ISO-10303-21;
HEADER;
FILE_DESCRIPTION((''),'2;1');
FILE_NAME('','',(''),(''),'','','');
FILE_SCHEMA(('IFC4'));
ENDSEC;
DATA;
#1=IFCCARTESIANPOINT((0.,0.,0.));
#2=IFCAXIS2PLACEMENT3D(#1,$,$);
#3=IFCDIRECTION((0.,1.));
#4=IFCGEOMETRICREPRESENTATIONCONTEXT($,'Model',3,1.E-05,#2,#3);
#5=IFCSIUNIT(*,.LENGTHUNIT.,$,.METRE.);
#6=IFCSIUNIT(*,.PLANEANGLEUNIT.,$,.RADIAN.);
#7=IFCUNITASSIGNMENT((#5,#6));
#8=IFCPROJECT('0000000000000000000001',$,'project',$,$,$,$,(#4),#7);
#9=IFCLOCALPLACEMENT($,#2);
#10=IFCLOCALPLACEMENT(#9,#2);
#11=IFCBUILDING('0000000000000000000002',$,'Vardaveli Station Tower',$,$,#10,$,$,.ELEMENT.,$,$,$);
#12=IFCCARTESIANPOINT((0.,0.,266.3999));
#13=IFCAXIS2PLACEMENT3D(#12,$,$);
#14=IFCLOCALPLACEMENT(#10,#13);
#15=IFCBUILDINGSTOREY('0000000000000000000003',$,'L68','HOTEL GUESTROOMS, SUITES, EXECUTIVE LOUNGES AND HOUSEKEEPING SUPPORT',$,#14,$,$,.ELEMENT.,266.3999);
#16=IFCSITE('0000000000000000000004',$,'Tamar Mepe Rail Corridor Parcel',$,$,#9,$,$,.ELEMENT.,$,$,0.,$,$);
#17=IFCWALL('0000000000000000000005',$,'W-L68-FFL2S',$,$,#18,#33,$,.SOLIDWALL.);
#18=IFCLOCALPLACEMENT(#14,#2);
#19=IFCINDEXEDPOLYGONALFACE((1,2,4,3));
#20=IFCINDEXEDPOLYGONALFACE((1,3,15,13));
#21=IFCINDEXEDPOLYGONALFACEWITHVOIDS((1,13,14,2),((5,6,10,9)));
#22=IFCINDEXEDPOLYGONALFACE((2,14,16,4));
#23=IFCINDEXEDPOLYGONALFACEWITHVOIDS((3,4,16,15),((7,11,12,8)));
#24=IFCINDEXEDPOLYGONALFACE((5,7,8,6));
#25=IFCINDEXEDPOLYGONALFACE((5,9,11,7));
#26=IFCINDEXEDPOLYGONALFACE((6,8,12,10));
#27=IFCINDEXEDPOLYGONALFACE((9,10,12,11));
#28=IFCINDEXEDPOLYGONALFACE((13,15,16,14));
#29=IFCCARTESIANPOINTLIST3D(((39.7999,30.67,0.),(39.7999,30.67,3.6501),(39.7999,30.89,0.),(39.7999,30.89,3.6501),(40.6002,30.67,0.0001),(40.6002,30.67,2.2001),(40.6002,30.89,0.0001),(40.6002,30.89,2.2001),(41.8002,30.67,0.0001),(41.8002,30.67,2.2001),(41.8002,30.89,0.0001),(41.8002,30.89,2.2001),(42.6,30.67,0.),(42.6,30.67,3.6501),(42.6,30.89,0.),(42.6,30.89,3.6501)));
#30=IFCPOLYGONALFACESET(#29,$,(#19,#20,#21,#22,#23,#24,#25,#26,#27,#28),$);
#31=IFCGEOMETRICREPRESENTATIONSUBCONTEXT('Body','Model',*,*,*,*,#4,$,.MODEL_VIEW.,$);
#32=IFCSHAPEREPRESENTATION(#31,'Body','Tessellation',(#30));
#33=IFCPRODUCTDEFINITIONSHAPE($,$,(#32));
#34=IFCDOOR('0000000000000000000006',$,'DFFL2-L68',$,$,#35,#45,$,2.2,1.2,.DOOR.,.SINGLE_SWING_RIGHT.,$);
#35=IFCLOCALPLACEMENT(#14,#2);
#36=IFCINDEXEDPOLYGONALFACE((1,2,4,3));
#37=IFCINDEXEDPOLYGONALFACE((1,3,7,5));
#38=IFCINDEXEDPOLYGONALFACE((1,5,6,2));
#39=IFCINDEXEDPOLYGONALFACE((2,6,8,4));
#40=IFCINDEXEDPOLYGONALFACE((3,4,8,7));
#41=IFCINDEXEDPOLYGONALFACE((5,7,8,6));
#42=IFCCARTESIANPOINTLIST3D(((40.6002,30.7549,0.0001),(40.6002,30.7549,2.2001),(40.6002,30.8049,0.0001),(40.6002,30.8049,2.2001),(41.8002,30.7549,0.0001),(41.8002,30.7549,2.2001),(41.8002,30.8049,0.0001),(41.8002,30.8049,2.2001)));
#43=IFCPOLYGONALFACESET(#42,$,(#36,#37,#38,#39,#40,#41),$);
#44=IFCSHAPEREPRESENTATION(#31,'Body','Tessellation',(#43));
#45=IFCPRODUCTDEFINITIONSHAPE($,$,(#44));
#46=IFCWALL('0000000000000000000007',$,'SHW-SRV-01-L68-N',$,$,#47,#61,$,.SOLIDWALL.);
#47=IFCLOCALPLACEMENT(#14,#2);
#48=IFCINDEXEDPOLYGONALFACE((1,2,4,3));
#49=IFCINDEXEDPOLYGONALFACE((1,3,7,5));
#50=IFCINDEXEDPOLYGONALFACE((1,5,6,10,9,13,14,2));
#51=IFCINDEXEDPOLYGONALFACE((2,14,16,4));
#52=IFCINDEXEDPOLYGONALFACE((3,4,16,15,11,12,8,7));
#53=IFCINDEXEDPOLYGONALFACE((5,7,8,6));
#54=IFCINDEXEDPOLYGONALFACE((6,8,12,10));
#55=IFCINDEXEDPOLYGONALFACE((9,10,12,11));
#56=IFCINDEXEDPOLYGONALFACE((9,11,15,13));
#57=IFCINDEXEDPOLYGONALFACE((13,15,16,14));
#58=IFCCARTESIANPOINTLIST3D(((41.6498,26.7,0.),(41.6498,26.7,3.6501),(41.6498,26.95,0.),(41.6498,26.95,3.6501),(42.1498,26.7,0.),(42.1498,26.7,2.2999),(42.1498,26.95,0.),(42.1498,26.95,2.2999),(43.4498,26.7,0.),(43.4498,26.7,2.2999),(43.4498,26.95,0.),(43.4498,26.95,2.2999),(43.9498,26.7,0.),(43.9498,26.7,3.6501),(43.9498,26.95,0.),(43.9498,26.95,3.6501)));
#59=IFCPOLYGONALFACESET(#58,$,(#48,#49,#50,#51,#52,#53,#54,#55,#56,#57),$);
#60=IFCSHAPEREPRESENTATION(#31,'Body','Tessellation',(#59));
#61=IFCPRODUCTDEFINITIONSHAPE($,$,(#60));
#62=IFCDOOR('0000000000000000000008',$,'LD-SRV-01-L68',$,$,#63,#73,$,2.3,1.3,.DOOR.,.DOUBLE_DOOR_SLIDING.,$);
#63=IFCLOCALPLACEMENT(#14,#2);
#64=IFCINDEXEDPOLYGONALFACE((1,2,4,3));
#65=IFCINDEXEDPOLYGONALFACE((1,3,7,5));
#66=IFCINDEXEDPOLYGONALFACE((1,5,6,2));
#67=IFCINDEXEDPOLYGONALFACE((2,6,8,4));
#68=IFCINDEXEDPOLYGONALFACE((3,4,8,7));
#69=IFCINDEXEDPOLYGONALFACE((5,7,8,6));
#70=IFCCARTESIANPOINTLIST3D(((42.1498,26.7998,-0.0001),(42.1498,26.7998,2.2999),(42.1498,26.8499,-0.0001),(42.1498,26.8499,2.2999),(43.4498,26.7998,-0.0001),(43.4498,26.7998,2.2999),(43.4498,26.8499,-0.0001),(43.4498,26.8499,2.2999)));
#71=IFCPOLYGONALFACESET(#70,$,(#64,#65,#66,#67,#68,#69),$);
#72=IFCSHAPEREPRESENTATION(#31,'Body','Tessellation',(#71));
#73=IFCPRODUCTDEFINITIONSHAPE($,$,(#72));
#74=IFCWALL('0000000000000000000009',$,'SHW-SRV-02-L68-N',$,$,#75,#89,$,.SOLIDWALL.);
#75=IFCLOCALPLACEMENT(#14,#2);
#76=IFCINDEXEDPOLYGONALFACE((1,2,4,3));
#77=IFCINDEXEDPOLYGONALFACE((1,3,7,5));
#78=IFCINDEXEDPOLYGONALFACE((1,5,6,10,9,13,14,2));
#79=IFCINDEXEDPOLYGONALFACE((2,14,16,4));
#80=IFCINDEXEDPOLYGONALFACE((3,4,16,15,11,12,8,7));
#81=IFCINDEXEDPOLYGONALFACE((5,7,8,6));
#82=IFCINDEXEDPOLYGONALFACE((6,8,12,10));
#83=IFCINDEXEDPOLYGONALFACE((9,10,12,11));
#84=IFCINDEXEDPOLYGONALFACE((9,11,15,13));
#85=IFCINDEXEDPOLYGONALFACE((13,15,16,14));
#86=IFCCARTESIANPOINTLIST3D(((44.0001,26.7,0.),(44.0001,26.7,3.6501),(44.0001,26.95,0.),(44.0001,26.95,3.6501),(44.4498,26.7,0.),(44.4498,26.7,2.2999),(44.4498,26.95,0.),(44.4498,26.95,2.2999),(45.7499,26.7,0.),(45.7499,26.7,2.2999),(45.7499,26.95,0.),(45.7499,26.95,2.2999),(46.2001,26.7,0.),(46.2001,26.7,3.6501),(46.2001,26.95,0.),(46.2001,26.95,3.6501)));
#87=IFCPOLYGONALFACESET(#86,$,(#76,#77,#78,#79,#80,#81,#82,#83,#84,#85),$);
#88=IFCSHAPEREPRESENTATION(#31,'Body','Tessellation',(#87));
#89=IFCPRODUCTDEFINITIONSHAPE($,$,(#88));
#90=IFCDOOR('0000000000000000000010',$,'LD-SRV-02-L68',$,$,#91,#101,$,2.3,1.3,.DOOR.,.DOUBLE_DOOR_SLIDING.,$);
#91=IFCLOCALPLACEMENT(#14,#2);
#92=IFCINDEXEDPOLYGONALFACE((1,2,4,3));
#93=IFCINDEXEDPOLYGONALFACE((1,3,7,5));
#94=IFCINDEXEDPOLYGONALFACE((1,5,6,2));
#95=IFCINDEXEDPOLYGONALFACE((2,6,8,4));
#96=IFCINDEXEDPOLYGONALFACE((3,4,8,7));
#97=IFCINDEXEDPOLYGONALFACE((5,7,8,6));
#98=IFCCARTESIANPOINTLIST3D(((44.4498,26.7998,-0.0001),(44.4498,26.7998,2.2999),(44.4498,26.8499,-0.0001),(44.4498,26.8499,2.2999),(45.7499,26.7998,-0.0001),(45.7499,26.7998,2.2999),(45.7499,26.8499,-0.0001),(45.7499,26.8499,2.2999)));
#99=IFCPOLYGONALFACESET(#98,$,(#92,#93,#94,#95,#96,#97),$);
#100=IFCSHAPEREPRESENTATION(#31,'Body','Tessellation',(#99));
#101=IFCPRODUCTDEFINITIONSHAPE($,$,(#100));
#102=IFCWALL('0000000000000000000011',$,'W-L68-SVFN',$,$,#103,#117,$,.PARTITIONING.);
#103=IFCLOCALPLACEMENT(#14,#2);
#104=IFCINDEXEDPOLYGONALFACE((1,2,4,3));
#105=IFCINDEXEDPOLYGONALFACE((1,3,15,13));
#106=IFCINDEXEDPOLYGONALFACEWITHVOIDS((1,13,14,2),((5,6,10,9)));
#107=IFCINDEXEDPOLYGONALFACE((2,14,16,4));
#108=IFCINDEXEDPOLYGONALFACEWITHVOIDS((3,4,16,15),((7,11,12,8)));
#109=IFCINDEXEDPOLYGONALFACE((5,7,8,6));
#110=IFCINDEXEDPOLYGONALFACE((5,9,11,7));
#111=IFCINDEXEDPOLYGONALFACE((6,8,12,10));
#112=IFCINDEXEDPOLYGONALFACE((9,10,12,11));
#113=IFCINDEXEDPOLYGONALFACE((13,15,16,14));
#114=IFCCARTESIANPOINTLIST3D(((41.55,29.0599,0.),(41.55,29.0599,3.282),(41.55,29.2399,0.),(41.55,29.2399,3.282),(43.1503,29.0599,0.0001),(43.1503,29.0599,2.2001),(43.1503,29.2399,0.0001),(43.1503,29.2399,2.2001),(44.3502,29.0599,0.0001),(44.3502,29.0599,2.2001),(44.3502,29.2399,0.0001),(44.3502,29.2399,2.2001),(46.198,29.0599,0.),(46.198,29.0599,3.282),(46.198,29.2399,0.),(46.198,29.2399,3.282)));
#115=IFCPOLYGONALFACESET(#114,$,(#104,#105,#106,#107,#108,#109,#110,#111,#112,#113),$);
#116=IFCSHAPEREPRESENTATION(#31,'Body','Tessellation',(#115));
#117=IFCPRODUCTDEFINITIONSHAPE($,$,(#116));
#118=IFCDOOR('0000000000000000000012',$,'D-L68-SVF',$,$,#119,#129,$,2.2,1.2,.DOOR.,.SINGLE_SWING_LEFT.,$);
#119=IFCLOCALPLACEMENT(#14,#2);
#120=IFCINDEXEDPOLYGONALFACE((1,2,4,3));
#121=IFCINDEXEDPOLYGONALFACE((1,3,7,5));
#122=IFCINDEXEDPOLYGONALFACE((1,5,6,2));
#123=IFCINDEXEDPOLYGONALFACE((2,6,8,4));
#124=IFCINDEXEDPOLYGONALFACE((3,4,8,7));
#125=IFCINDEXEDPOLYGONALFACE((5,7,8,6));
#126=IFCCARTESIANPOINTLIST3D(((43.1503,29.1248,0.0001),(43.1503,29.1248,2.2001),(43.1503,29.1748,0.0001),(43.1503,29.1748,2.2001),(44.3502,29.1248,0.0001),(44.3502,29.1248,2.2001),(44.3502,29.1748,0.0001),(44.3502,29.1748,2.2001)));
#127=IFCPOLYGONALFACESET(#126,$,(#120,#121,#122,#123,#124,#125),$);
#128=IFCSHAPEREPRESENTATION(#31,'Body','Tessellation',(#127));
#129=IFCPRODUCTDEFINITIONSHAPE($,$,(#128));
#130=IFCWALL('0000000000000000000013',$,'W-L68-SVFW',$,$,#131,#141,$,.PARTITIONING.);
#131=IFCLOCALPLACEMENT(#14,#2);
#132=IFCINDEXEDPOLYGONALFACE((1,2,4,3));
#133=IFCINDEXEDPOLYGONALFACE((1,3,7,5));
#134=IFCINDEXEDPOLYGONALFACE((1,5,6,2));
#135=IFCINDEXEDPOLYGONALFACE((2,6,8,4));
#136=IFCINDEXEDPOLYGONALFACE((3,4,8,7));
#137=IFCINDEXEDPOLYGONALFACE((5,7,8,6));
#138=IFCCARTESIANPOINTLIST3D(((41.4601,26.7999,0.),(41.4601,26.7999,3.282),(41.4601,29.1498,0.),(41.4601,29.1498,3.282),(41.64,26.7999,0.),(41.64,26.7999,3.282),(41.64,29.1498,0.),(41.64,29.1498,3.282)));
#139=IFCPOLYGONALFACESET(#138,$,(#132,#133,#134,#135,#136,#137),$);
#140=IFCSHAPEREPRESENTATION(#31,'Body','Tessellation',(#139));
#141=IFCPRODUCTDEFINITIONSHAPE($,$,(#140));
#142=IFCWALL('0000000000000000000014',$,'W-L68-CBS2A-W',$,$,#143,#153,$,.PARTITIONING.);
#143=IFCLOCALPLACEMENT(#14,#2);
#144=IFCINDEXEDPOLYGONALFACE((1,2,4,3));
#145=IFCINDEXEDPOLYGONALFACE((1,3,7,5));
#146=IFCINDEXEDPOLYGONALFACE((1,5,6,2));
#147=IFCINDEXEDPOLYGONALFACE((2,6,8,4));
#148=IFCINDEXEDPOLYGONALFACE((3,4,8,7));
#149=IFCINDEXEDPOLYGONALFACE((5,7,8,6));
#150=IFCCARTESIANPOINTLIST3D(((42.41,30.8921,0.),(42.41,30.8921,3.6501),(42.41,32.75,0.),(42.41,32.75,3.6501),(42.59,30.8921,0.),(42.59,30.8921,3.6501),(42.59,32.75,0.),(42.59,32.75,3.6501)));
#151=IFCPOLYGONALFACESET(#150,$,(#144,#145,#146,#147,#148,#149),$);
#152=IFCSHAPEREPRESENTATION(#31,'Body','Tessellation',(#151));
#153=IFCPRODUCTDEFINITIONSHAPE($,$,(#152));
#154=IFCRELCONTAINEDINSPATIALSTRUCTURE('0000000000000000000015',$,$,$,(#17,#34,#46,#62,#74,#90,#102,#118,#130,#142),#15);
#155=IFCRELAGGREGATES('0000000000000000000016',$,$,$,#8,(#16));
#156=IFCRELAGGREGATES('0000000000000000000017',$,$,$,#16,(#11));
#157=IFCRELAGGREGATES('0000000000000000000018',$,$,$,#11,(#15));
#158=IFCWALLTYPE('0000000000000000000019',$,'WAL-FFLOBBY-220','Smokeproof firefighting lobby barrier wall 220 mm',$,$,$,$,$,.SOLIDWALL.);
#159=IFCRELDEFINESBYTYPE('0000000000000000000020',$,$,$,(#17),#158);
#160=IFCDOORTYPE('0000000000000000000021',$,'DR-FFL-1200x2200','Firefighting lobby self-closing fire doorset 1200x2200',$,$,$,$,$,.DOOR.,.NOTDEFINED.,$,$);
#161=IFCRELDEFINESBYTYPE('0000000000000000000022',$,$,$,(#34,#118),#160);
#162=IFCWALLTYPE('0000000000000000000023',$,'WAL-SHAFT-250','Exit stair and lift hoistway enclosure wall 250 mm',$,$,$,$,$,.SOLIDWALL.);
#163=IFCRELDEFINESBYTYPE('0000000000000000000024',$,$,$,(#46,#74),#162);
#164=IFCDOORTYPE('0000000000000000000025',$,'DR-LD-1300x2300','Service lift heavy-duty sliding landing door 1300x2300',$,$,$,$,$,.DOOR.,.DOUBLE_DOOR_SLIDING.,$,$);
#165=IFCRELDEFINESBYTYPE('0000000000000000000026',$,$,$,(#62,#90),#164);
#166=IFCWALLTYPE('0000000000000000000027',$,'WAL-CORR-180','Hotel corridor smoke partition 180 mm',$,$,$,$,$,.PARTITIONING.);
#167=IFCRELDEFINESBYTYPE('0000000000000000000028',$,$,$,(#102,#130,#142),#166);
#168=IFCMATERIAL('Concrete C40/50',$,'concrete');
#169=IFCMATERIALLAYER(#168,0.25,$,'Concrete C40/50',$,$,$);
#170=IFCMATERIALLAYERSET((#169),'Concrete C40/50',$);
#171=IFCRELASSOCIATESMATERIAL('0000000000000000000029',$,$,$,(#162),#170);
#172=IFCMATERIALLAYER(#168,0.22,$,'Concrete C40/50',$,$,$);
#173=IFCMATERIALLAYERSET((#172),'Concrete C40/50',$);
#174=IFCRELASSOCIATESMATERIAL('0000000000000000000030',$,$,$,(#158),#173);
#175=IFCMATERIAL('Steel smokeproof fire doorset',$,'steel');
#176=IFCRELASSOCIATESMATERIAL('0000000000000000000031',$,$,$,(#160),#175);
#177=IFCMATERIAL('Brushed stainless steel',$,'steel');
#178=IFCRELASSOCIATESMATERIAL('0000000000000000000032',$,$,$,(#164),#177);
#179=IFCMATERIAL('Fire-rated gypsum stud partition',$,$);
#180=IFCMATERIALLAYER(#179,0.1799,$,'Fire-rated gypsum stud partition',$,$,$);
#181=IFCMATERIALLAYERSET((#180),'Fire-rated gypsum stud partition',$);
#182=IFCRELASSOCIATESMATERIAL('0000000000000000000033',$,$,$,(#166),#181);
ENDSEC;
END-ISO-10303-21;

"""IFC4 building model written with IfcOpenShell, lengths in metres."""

from ifc_helpers import new_model, si_unit, direction, frame, frame_2d, origin, place, context, subcontext, project, spatial, rectangle, extrude, source, transform, mapped, material, layer, layer_set, type_object, element, fill, save


model = new_model("IFC4")

# Units and contexts
model_context = context("Model", 3, precision=1e-05, world=origin(), true_north=direction((0.0, 1.0)))
body_context = subcontext(model_context, "Body", "Model", "MODEL_VIEW")
ifc_project = project(units=[si_unit("LENGTHUNIT", "METRE"), si_unit("PLANEANGLEUNIT", "RADIAN")], contexts=[model_context])

# Site, building, storey
site_placement = place(None, origin())
site = spatial("IfcSite", under=ifc_project, at=site_placement, Name="Tamar Mepe Rail Corridor Parcel", CompositionType="ELEMENT", RefElevation=0.0)
building_placement = place(site_placement, origin())
building = spatial("IfcBuilding", under=site, at=building_placement, Name="Vardaveli Station Tower", CompositionType="ELEMENT")
storey_placement = place(building_placement, frame((0.0, 0.0, 266.3999)))
storey = spatial("IfcBuildingStorey", under=building, at=storey_placement, Name="L68", Description="HOTEL GUESTROOMS, SUITES, EXECUTIVE LOUNGES AND HOUSEKEEPING SUPPORT", CompositionType="ELEMENT", Elevation=266.3999)

# Shared definitions
ifc_material_1 = material(Name="Concrete C40/50", Category="concrete")
ifc_layer_1 = layer(ifc_material_1, 0.25, Name="Concrete C40/50")
ifc_layer_set_1 = layer_set([ifc_layer_1], Name="Concrete C40/50")
wall_type_1 = type_object("IfcWallType", Name="WAL-SHAFT-250", Description="Exit stair and lift hoistway enclosure wall 250 mm", PredefinedType="SOLIDWALL", material=ifc_layer_set_1)

# Walls, openings, doors
ifc_material_2 = material(Name="Steel smokeproof fire doorset", Category="steel")
ifc_layer_2 = layer(ifc_material_1, 0.22, Name="Concrete C40/50")
ifc_layer_set_2 = layer_set([ifc_layer_2], Name="Concrete C40/50")
wall_type_2 = type_object("IfcWallType", Name="WAL-FFLOBBY-220", Description="Smokeproof firefighting lobby barrier wall 220 mm", PredefinedType="SOLIDWALL", material=ifc_layer_set_2)
shared_shape_1 = source(origin(), body_context, "Body", "SweptSolid", [
    extrude(rectangle(XDim=2.8, YDim=0.22, at=frame_2d((1.3999, 0.0))), origin(), (0.0, 0.0, 1.0), 3.6501),
])
wall_1_placement = place(storey_placement, frame((39.8, 30.78, 0.0), z_axis=(0.0, 0.0, 1.0), x_axis=(1.0, 0.0, 0.0)))
wall_1 = element("IfcWall", 1, at=wall_1_placement, inside=storey, type_object=wall_type_2, Name="W-L68-FFL2S", PredefinedType="SOLIDWALL", context=body_context, shape_type="MappedRepresentation", body=[
    mapped(shared_shape_1, transform((0.0, 0.0, 0.0), scale=1.0)),
])
shared_shape_2 = source(origin(), body_context, "Body", "SweptSolid", [
    extrude(rectangle(XDim=1.2, YDim=2.2, at=frame_2d((0.6001, 1.1001))), frame((0.0, 0.1201, 0.0), z_axis=(0.0, -1.0, 0.0), x_axis=(1.0, 0.0, 0.0)), (0.0, 0.0, 1.0), 0.24),
])
opening_1_placement = place(wall_1_placement, frame((0.8, 0.0, 0.0)))
opening_1 = element("IfcOpeningElement", 2, at=opening_1_placement, cuts=wall_1, PredefinedType="OPENING", context=body_context, shape_type="MappedRepresentation", body=[
    mapped(shared_shape_2, transform((0.0, 0.0, 0.0), scale=1.0)),
])
door_type_1 = type_object("IfcDoorType", Name="DR-FFL-1200x2200", Description="Firefighting lobby self-closing fire doorset 1200x2200", OperationType="NOTDEFINED", PredefinedType="DOOR", material=ifc_material_2)
shared_shape_3 = source(origin(), body_context, "Body", "SweptSolid", [
    extrude(rectangle(XDim=1.2, YDim=2.2, at=frame_2d((0.6001, 1.1001))), frame((0.0, 0.0249, 0.0), z_axis=(0.0, -1.0, 0.0), x_axis=(1.0, 0.0, 0.0)), (0.0, 0.0, 1.0), 0.05),
])
door_1_placement = place(opening_1_placement, origin())
door_1 = element("IfcDoor", 3, at=door_1_placement, inside=storey, type_object=door_type_1, Name="DFFL2-L68", OperationType="SINGLE_SWING_RIGHT", OverallHeight=2.2, OverallWidth=1.2, PredefinedType="DOOR", context=body_context, shape_type="MappedRepresentation", body=[
    mapped(shared_shape_3, transform((0.0, 0.0, 0.0), scale=1.0)),
])
fill(opening_1, door_1)
shared_shape_4 = source(origin(), body_context, "Body", "SweptSolid", [
    extrude(rectangle(XDim=2.3, YDim=0.25, at=frame_2d((1.1499, 0.0))), origin(), (0.0, 0.0, 1.0), 3.6501),
])
wall_2_placement = place(storey_placement, frame((41.6499, 26.825, 0.0), z_axis=(0.0, 0.0, 1.0), x_axis=(1.0, 0.0, 0.0)))
wall_2 = element("IfcWall", 4, at=wall_2_placement, inside=storey, type_object=wall_type_1, Name="SHW-SRV-01-L68-N", PredefinedType="SOLIDWALL", context=body_context, shape_type="MappedRepresentation", body=[
    mapped(shared_shape_4, transform((0.0, 0.0, 0.0), scale=1.0)),
])
shared_shape_5 = source(origin(), body_context, "Body", "SweptSolid", [
    extrude(rectangle(XDim=1.3, YDim=2.3, at=frame_2d((0.6499, 1.1499))), frame((0.0, 0.135, 0.0), z_axis=(0.0, -1.0, 0.0), x_axis=(1.0, 0.0, 0.0)), (0.0, 0.0, 1.0), 0.27),
])
opening_2_placement = place(wall_2_placement, frame((0.5, 0.0, 0.0)))
opening_2 = element("IfcOpeningElement", 5, at=opening_2_placement, cuts=wall_2, PredefinedType="OPENING", context=body_context, shape_type="MappedRepresentation", body=[
    mapped(shared_shape_5, transform((0.0, 0.0, 0.0), scale=1.0)),
])
ifc_material_3 = material(Name="Brushed stainless steel", Category="steel")
door_type_2 = type_object("IfcDoorType", Name="DR-LD-1300x2300", Description="Service lift heavy-duty sliding landing door 1300x2300", OperationType="DOUBLE_DOOR_SLIDING", PredefinedType="DOOR", material=ifc_material_3)
shared_shape_6 = source(origin(), body_context, "Body", "SweptSolid", [
    extrude(rectangle(XDim=1.3, YDim=2.3, at=frame_2d((0.6499, 1.1499))), frame((0.0, 0.0249, 0.0), z_axis=(0.0, -1.0, 0.0), x_axis=(1.0, 0.0, 0.0)), (0.0, 0.0, 1.0), 0.05),
])
door_2_placement = place(opening_2_placement, origin())
door_2 = element("IfcDoor", 6, at=door_2_placement, inside=storey, type_object=door_type_2, Name="LD-SRV-01-L68", OperationType="DOUBLE_DOOR_SLIDING", OverallHeight=2.3, OverallWidth=1.3, PredefinedType="DOOR", context=body_context, shape_type="MappedRepresentation", body=[
    mapped(shared_shape_6, transform((0.0, 0.0, 0.0), scale=1.0)),
])
fill(opening_2, door_2)
shared_shape_7 = source(origin(), body_context, "Body", "SweptSolid", [
    extrude(rectangle(XDim=2.2, YDim=0.25, at=frame_2d((1.1001, 0.0))), origin(), (0.0, 0.0, 1.0), 3.6501),
])
wall_3_placement = place(storey_placement, frame((44.0, 26.825, 0.0), z_axis=(0.0, 0.0, 1.0), x_axis=(1.0, 0.0, 0.0)))
wall_3 = element("IfcWall", 7, at=wall_3_placement, inside=storey, type_object=wall_type_1, Name="SHW-SRV-02-L68-N", PredefinedType="SOLIDWALL", context=body_context, shape_type="MappedRepresentation", body=[
    mapped(shared_shape_7, transform((0.0, 0.0, 0.0), scale=1.0)),
])
opening_3_placement = place(wall_3_placement, frame((0.45, 0.0, 0.0)))
opening_3 = element("IfcOpeningElement", 8, at=opening_3_placement, cuts=wall_3, PredefinedType="OPENING", context=body_context, shape_type="MappedRepresentation", body=[
    mapped(shared_shape_5, transform((0.0, 0.0, 0.0), scale=1.0)),
])
door_3_placement = place(opening_3_placement, origin())
door_3 = element("IfcDoor", 9, at=door_3_placement, inside=storey, type_object=door_type_2, Name="LD-SRV-02-L68", OperationType="DOUBLE_DOOR_SLIDING", OverallHeight=2.3, OverallWidth=1.3, PredefinedType="DOOR", context=body_context, shape_type="MappedRepresentation", body=[
    mapped(shared_shape_6, transform((0.0, 0.0, 0.0), scale=1.0)),
])
fill(opening_3, door_3)
ifc_material_4 = material(Name="Fire-rated gypsum stud partition")
ifc_layer_3 = layer(ifc_material_4, 0.1799, Name="Fire-rated gypsum stud partition")
ifc_layer_set_3 = layer_set([ifc_layer_3], Name="Fire-rated gypsum stud partition")
wall_type_3 = type_object("IfcWallType", Name="WAL-CORR-180", Description="Hotel corridor smoke partition 180 mm", PredefinedType="PARTITIONING", material=ifc_layer_set_3)
shared_shape_8 = source(origin(), body_context, "Body", "SweptSolid", [
    extrude(rectangle(XDim=4.6479, YDim=0.1799, at=frame_2d((2.324, 0.0))), origin(), (0.0, 0.0, 1.0), 3.282),
])
wall_4_placement = place(storey_placement, frame((41.55, 29.1499, 0.0), z_axis=(0.0, 0.0, 1.0), x_axis=(1.0, 0.0, 0.0)))
wall_4 = element("IfcWall", 10, at=wall_4_placement, inside=storey, type_object=wall_type_3, Name="W-L68-SVFN", PredefinedType="PARTITIONING", context=body_context, shape_type="MappedRepresentation", body=[
    mapped(shared_shape_8, transform((0.0, 0.0, 0.0), scale=1.0)),
])
shared_shape_9 = source(origin(), body_context, "Body", "SweptSolid", [
    extrude(rectangle(XDim=1.2, YDim=2.2, at=frame_2d((0.6001, 1.1001))), frame((0.0, 0.1001, 0.0), z_axis=(0.0, -1.0, 0.0), x_axis=(1.0, 0.0, 0.0)), (0.0, 0.0, 1.0), 0.2),
])
opening_4_placement = place(wall_4_placement, frame((1.6001, 0.0, 0.0)))
opening_4 = element("IfcOpeningElement", 11, at=opening_4_placement, cuts=wall_4, PredefinedType="OPENING", context=body_context, shape_type="MappedRepresentation", body=[
    mapped(shared_shape_9, transform((0.0, 0.0, 0.0), scale=1.0)),
])
door_4_placement = place(opening_4_placement, origin())
door_4 = element("IfcDoor", 12, at=door_4_placement, inside=storey, type_object=door_type_1, Name="D-L68-SVF", OperationType="SINGLE_SWING_LEFT", OverallHeight=2.2, OverallWidth=1.2, PredefinedType="DOOR", context=body_context, shape_type="MappedRepresentation", body=[
    mapped(shared_shape_3, transform((0.0, 0.0, 0.0), scale=1.0)),
])
fill(opening_4, door_4)

# Walls
shared_shape_10 = source(origin(), body_context, "Body", "SweptSolid", [
    extrude(rectangle(XDim=2.3499, YDim=0.1799, at=frame_2d((1.1748, 0.0))), origin(), (0.0, 0.0, 1.0), 3.282),
])
wall_5_placement = place(storey_placement, frame((41.55, 26.8, 0.0), z_axis=(0.0, 0.0, 1.0), x_axis=(0.0, 1.0, 0.0)))
element("IfcWall", 13, at=wall_5_placement, inside=storey, type_object=wall_type_3, Name="W-L68-SVFW", PredefinedType="PARTITIONING", context=body_context, shape_type="MappedRepresentation", body=[
    mapped(shared_shape_10, transform((0.0, 0.0, 0.0), scale=1.0)),
])
shared_shape_11 = source(origin(), body_context, "Body", "SweptSolid", [
    extrude(rectangle(XDim=1.8579, YDim=0.1799, at=frame_2d((0.929, 0.0))), origin(), (0.0, 0.0, 1.0), 3.6501),
])
wall_6_placement = place(storey_placement, frame((42.5, 30.8921, 0.0), z_axis=(0.0, 0.0, 1.0), x_axis=(0.0, 1.0, 0.0)))
element("IfcWall", 14, at=wall_6_placement, inside=storey, type_object=wall_type_3, Name="W-L68-CBS2A-W", PredefinedType="PARTITIONING", context=body_context, shape_type="MappedRepresentation", body=[
    mapped(shared_shape_11, transform((0.0, 0.0, 0.0), scale=1.0)),
])

save(model, "model.ifc")
